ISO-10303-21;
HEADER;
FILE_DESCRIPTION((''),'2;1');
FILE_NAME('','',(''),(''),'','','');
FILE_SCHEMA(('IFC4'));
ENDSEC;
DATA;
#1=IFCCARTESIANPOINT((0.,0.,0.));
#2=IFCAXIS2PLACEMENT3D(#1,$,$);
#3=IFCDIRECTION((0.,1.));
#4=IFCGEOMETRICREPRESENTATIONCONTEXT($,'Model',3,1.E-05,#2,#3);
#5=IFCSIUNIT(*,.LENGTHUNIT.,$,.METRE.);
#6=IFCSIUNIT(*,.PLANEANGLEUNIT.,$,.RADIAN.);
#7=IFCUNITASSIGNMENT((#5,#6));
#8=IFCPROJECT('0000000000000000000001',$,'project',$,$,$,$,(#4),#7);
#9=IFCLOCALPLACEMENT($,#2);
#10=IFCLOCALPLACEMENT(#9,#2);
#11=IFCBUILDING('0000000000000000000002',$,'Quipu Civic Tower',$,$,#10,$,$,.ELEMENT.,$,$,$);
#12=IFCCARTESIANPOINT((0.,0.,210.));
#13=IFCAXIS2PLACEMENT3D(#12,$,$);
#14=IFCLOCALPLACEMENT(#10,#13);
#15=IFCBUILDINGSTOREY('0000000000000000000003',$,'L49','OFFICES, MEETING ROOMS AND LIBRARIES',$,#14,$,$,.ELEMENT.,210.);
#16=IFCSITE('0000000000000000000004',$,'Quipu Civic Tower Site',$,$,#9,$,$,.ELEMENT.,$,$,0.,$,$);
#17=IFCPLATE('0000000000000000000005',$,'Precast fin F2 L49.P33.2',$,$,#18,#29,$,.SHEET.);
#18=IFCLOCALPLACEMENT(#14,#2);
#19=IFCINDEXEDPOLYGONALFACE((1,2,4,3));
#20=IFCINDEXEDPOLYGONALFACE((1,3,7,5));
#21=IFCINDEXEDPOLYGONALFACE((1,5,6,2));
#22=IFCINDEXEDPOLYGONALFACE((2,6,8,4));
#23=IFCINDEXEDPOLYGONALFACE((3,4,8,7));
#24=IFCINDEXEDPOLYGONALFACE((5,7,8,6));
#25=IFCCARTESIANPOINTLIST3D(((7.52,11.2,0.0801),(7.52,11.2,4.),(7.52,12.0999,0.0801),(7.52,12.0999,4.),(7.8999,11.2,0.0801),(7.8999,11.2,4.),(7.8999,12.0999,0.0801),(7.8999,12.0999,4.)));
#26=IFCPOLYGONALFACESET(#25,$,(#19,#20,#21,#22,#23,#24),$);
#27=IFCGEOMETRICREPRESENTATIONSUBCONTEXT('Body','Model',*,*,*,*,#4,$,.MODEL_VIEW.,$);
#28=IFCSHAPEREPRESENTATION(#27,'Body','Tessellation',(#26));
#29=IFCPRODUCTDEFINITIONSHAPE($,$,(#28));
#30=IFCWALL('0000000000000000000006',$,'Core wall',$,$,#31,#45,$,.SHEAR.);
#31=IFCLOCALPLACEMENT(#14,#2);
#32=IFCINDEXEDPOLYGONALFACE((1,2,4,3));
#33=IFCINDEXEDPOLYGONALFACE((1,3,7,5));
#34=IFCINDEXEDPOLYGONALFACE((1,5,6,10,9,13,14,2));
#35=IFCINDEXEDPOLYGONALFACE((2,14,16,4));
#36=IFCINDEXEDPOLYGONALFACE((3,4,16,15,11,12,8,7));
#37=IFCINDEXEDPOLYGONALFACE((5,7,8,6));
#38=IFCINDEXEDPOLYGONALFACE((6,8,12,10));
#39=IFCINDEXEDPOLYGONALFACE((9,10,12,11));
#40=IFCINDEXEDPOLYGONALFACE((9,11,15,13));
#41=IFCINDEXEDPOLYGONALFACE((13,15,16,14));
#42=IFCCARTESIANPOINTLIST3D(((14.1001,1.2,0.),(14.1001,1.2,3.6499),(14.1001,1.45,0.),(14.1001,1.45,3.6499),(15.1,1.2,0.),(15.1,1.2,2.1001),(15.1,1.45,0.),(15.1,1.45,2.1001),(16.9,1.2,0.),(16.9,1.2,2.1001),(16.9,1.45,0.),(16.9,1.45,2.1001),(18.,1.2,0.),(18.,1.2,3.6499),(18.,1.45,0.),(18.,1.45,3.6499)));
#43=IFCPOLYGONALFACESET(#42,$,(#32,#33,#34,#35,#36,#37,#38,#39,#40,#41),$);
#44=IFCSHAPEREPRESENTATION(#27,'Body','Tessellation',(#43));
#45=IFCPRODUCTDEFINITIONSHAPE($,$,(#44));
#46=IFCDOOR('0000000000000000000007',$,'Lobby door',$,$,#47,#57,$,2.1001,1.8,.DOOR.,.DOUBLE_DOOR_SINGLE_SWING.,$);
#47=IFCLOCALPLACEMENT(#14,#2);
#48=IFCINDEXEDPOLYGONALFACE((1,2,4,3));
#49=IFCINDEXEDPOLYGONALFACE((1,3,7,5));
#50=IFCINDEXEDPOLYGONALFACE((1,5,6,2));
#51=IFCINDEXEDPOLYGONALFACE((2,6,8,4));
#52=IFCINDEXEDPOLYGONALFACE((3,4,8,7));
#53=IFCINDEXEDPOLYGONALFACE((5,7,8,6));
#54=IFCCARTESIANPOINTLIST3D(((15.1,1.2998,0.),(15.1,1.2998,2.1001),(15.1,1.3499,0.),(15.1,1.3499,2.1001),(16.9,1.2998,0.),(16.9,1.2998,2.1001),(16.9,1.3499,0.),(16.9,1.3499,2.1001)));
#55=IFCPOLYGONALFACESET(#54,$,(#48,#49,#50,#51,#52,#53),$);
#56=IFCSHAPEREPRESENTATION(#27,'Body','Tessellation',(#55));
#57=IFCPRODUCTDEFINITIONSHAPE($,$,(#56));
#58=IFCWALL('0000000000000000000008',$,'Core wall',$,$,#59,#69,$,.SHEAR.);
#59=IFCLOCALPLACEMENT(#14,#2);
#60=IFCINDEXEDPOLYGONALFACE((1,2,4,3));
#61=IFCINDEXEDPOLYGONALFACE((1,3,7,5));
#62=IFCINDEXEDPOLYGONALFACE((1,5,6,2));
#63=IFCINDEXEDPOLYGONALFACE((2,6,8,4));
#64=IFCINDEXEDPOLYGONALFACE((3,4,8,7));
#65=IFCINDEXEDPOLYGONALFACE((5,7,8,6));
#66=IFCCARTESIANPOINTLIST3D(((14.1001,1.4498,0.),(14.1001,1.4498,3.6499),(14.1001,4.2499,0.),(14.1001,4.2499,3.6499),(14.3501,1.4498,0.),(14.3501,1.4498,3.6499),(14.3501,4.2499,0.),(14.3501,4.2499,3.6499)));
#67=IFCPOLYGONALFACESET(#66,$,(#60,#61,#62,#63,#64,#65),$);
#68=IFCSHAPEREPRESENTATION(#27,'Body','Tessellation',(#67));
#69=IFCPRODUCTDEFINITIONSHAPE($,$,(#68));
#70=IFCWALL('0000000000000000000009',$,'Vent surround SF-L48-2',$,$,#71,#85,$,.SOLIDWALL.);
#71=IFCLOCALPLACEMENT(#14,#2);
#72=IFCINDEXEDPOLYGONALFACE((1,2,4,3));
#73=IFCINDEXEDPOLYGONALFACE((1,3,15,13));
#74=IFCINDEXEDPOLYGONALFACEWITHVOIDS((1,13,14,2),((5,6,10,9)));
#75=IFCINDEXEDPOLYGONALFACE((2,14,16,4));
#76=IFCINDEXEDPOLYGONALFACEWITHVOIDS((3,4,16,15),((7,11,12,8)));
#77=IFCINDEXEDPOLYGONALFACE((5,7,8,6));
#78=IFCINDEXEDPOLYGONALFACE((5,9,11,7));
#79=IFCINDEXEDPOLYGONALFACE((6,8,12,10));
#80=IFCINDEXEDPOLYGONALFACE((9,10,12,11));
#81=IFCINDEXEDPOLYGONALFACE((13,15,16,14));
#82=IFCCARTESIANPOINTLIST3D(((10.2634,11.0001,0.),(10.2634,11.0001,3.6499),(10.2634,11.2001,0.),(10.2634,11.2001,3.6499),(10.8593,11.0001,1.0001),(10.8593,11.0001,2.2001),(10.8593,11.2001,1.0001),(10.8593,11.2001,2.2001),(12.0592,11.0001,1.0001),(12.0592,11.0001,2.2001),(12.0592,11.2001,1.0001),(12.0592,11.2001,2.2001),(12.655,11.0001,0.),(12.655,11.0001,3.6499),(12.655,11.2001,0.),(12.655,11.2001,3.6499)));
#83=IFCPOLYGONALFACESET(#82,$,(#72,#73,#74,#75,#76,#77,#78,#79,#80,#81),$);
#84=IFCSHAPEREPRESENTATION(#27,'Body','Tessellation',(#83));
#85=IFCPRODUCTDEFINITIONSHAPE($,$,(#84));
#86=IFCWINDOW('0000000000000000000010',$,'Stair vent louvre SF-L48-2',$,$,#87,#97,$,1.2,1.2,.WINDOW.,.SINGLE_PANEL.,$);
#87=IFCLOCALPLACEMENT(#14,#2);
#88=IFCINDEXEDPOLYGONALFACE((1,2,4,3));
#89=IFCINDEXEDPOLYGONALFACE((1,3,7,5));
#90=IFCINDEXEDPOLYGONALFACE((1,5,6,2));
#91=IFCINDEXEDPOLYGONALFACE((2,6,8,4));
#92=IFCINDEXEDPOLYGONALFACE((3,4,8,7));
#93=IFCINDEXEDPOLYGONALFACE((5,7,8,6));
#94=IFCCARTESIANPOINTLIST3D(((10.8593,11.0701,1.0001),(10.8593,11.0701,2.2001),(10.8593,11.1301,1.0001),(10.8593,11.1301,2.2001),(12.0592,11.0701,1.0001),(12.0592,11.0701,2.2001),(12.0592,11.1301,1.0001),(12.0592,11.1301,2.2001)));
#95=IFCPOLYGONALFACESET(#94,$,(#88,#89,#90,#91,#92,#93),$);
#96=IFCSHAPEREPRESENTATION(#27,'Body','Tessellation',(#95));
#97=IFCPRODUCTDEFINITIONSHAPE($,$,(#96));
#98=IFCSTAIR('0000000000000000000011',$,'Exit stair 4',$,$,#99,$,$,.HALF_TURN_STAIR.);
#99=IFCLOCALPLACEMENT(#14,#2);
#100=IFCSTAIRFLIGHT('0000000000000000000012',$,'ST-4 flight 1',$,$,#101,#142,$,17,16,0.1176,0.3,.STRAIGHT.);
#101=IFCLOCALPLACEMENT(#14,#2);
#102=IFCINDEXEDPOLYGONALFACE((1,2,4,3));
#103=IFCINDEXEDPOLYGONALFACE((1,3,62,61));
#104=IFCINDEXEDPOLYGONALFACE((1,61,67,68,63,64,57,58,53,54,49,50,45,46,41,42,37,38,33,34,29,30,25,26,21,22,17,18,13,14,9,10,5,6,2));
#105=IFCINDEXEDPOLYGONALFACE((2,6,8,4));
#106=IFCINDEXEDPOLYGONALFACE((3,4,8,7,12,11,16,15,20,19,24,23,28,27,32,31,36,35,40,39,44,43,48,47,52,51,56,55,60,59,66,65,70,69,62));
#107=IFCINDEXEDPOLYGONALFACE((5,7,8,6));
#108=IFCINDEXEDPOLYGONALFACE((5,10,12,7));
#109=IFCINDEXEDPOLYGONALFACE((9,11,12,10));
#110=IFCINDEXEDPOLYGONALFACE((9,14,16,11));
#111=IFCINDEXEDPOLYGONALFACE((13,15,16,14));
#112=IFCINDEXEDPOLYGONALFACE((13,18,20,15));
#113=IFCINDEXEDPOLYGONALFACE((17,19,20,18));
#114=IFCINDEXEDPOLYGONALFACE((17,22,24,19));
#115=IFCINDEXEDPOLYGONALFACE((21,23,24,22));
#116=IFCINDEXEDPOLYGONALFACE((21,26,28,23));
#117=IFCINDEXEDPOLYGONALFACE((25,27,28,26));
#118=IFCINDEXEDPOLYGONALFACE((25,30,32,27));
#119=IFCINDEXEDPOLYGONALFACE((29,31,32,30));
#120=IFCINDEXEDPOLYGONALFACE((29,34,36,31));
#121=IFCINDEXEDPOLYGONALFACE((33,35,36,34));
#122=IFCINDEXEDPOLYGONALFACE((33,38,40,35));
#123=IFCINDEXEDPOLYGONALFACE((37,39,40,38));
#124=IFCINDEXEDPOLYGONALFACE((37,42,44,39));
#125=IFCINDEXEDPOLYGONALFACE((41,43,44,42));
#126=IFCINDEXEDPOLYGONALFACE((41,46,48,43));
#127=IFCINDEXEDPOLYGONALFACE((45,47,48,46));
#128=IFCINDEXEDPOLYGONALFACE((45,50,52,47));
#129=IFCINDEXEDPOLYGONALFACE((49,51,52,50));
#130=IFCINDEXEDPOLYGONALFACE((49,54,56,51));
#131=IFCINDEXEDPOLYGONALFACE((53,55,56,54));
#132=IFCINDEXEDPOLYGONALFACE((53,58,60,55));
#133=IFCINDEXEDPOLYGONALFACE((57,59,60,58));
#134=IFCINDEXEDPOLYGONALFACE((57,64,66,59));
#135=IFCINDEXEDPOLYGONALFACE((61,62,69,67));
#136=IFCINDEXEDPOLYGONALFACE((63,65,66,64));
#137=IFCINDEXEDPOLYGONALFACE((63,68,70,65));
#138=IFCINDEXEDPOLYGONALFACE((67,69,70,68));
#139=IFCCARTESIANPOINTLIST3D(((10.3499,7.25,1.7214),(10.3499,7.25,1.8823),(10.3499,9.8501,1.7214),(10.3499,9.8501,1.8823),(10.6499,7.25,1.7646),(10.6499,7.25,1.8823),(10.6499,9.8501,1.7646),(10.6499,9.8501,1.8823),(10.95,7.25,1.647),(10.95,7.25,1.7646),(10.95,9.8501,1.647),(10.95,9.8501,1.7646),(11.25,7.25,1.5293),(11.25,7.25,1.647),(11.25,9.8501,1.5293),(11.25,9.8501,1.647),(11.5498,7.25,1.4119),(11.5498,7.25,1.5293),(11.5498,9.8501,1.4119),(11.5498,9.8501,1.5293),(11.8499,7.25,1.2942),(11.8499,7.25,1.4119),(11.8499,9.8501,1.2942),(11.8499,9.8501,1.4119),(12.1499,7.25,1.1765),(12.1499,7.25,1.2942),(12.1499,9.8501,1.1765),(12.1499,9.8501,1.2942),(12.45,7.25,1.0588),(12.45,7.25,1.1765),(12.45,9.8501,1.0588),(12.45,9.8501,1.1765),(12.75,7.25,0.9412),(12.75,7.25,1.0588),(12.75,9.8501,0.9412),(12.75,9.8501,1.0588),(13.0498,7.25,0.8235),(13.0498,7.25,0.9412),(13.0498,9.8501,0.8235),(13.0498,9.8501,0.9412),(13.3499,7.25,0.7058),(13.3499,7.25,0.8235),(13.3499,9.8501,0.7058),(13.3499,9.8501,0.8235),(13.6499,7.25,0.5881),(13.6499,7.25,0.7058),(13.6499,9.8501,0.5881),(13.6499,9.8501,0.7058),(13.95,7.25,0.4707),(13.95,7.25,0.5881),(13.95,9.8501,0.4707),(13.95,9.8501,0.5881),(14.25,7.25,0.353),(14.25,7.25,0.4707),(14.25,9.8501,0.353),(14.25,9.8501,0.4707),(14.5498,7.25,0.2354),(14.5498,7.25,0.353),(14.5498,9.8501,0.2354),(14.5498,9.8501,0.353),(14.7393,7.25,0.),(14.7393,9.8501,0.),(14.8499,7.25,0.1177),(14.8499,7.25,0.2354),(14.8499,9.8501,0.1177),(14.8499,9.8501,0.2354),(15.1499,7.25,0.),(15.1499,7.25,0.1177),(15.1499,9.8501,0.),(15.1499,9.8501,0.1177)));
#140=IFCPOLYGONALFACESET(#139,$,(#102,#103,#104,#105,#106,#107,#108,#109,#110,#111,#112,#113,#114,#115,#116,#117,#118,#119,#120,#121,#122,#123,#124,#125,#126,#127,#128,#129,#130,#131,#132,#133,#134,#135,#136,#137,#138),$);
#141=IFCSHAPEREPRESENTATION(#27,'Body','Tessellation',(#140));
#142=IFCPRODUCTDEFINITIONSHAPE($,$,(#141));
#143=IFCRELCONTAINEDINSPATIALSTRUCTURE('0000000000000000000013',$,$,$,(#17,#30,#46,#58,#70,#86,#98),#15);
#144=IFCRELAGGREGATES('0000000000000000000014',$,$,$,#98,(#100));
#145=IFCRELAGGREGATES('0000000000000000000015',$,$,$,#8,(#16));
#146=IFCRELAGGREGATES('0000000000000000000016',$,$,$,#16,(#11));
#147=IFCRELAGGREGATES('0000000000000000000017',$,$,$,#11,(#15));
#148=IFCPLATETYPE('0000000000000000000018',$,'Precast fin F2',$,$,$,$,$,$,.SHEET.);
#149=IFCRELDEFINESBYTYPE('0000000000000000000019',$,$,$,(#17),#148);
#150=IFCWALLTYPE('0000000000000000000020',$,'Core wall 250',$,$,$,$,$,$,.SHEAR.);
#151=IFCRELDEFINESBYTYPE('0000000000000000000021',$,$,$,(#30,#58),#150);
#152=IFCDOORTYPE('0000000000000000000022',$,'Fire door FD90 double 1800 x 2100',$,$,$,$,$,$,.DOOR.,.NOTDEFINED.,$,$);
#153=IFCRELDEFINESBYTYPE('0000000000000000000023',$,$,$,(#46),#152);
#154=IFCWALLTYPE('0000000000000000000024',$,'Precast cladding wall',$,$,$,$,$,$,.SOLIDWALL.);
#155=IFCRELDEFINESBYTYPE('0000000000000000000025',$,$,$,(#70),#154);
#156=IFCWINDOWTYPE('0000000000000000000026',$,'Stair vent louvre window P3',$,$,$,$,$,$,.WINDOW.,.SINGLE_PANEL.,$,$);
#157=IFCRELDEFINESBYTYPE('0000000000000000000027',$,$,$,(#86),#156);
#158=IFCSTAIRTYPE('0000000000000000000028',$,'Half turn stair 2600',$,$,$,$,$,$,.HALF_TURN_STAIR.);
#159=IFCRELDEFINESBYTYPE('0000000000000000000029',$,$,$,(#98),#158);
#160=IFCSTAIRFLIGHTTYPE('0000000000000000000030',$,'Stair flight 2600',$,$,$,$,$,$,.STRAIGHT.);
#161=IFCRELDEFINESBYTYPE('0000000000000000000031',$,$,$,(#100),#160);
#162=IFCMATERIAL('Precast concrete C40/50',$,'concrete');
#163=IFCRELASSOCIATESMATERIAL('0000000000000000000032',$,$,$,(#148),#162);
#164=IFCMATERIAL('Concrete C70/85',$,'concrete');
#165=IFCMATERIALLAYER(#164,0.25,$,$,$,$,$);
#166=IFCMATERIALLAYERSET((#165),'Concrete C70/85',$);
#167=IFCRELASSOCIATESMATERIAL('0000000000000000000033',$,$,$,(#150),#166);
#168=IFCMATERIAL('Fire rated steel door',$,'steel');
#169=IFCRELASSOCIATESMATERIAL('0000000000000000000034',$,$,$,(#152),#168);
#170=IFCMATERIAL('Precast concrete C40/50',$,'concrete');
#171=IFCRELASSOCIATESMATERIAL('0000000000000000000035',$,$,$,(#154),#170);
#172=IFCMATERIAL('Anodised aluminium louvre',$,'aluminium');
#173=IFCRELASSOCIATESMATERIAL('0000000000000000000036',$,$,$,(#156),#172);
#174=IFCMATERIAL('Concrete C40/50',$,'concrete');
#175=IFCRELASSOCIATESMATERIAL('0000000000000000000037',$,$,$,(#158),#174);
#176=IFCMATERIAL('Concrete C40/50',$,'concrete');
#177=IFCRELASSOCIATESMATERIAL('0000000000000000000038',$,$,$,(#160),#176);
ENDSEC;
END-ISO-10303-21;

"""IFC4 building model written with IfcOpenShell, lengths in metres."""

from ifc_helpers import new_model, si_unit, direction, frame, frame_2d, origin, origin_2d, place, context, subcontext, project, spatial, polyline, rectangle, outline, extrude, material, layer, layer_set, type_object, element, fill, aggregate, save


model = new_model("IFC4")

# Units and contexts
model_context = context("Model", 3, precision=1e-05, world=origin(), true_north=direction((0.0, 1.0)))
body_context = subcontext(model_context, "Body", "Model", "MODEL_VIEW")
ifc_project = project(units=[si_unit("LENGTHUNIT", "METRE"), si_unit("PLANEANGLEUNIT", "RADIAN")], contexts=[model_context])

# Site, building, storey
site_placement = place(None, origin())
site = spatial("IfcSite", under=ifc_project, at=site_placement, Name="Quipu Civic Tower Site", CompositionType="ELEMENT", RefElevation=0.0)
building_placement = place(site_placement, origin())
building = spatial("IfcBuilding", under=site, at=building_placement, Name="Quipu Civic Tower", CompositionType="ELEMENT")
storey_placement = place(building_placement, frame((0.0, 0.0, 210.0)))
storey = spatial("IfcBuildingStorey", under=building, at=storey_placement, Name="L49", Description="OFFICES, MEETING ROOMS AND LIBRARIES", CompositionType="ELEMENT", Elevation=210.0)

# Plate
ifc_material_1 = material(Name="Precast concrete C40/50", Category="concrete")
plate_type_1 = type_object("IfcPlateType", Name="Precast fin F2", PredefinedType="SHEET", material=ifc_material_1)
for number, where, z_axis, x_axis, name in (
    (1, (7.71, 11.6499, 0.0801), (0.0, 0.0, 1.0), (-1.0, 0.0, 0.0), "Precast fin F2 L49.P33.2"),
):
    element("IfcPlate", number, at=place(storey_placement, frame(where, z_axis=z_axis, x_axis=x_axis)), inside=storey, type_object=plate_type_1, Name=name, PredefinedType="SHEET", context=body_context, shape_type="SweptSolid", body=[
        extrude(rectangle(XDim=0.3799, YDim=0.8999, at=origin_2d()), origin(), (0.0, 0.0, 1.0), 3.9199),
    ])

# Wall, opening, door
ifc_material_2 = material(Name="Concrete C70/85", Category="concrete")
ifc_layer_1 = layer(ifc_material_2, 0.25)
ifc_layer_set_1 = layer_set([ifc_layer_1], Name="Concrete C70/85")
wall_type_1 = type_object("IfcWallType", Name="Core wall 250", PredefinedType="SHEAR", material=ifc_layer_set_1)
wall_1_placement = place(storey_placement, frame((14.1001, 1.325, 0.0), z_axis=(0.0, 0.0, 1.0), x_axis=(1.0, 0.0, 0.0)))
wall_1 = element("IfcWall", 2, at=wall_1_placement, inside=storey, type_object=wall_type_1, Name="Core wall", PredefinedType="SHEAR", context=body_context, shape_type="SweptSolid", body=[
    extrude(rectangle(XDim=3.8999, YDim=0.25, at=frame_2d((1.95, 0.0))), origin(), (0.0, 0.0, 1.0), 3.6499),
])
opening_1_placement = place(wall_1_placement, frame((1.0, 0.0, 0.0)))
opening_1 = element("IfcOpeningElement", 3, at=opening_1_placement, cuts=wall_1, PredefinedType="OPENING", context=body_context, shape_type="SweptSolid", body=[
    extrude(rectangle(XDim=1.8, YDim=2.1001, at=frame_2d((0.8999, 1.05))), frame((0.0, 0.135, 0.0), z_axis=(0.0, -1.0, 0.0), x_axis=(1.0, 0.0, 0.0)), (0.0, 0.0, 1.0), 0.27),
])
ifc_material_3 = material(Name="Fire rated steel door", Category="steel")
door_type = type_object("IfcDoorType", Name="Fire door FD90 double 1800 x 2100", OperationType="NOTDEFINED", PredefinedType="DOOR", material=ifc_material_3)
door_placement = place(opening_1_placement, origin())
door = element("IfcDoor", 4, at=door_placement, inside=storey, type_object=door_type, Name="Lobby door", OperationType="DOUBLE_DOOR_SINGLE_SWING", OverallHeight=2.1001, OverallWidth=1.8, PredefinedType="DOOR", context=body_context, shape_type="SweptSolid", body=[
    extrude(rectangle(XDim=1.8, YDim=2.1001, at=frame_2d((0.8999, 1.05))), frame((0.0, 0.0249, 0.0), z_axis=(0.0, -1.0, 0.0), x_axis=(1.0, 0.0, 0.0)), (0.0, 0.0, 1.0), 0.05),
])
fill(opening_1, door)

# Wall
wall_2_placement = place(storey_placement, frame((14.2251, 1.45, 0.0), z_axis=(0.0, 0.0, 1.0), x_axis=(0.0, 1.0, 0.0)))
element("IfcWall", 5, at=wall_2_placement, inside=storey, type_object=wall_type_1, Name="Core wall", PredefinedType="SHEAR", context=body_context, shape_type="SweptSolid", body=[
    extrude(rectangle(XDim=2.8, YDim=0.25, at=frame_2d((1.3999, 0.0))), origin(), (0.0, 0.0, 1.0), 3.6499),
])

# Wall, opening, window
ifc_material_4 = material(Name="Precast concrete C40/50", Category="concrete")
wall_type_2 = type_object("IfcWallType", Name="Precast cladding wall", PredefinedType="SOLIDWALL", material=ifc_material_4)
wall_3_placement = place(storey_placement, frame((12.655, 11.1001, 0.0), z_axis=(0.0, 0.0, 1.0), x_axis=(-1.0, 0.0, 0.0)))
wall_3 = element("IfcWall", 6, at=wall_3_placement, inside=storey, type_object=wall_type_2, Name="Vent surround SF-L48-2", PredefinedType="SOLIDWALL", context=body_context, shape_type="SweptSolid", body=[
    extrude(rectangle(XDim=2.3916, YDim=0.2, at=frame_2d((1.1958, 0.0))), origin(), (0.0, 0.0, 1.0), 3.6499),
])
opening_2_placement = place(wall_3_placement, frame((0.5957, 0.0, 1.0)))
opening_2 = element("IfcOpeningElement", 7, at=opening_2_placement, cuts=wall_3, PredefinedType="OPENING", context=body_context, shape_type="SweptSolid", body=[
    extrude(rectangle(XDim=1.2, YDim=1.2, at=frame_2d((0.6001, 0.6001))), frame((0.0, 0.1099, 0.0), z_axis=(0.0, -1.0, 0.0), x_axis=(1.0, 0.0, 0.0)), (0.0, 0.0, 1.0), 0.22),
])
ifc_material_5 = material(Name="Anodised aluminium louvre", Category="aluminium")
window_type = type_object("IfcWindowType", Name="Stair vent louvre window P3", PartitioningType="SINGLE_PANEL", PredefinedType="WINDOW", material=ifc_material_5)
window_placement = place(opening_2_placement, origin())
window = element("IfcWindow", 8, at=window_placement, inside=storey, type_object=window_type, Name="Stair vent louvre SF-L48-2", OverallHeight=1.2, OverallWidth=1.2, PartitioningType="SINGLE_PANEL", PredefinedType="WINDOW", context=body_context, shape_type="SweptSolid", body=[
    extrude(rectangle(XDim=1.2, YDim=1.2, at=frame_2d((0.6001, 0.6001))), frame((0.0, 0.03, 0.0), z_axis=(0.0, -1.0, 0.0), x_axis=(1.0, 0.0, 0.0)), (0.0, 0.0, 1.0), 0.0601),
])
fill(opening_2, window)

# Stair, stair flight
ifc_material_6 = material(Name="Concrete C40/50", Category="concrete")
stair_type = type_object("IfcStairType", Name="Half turn stair 2600", PredefinedType="HALF_TURN_STAIR", material=ifc_material_6)
stair_placement = place(storey_placement, origin())
stair = element("IfcStair", 9, at=stair_placement, inside=storey, type_object=stair_type, Name="Exit stair 4", PredefinedType="HALF_TURN_STAIR")
ifc_material_7 = material(Name="Concrete C40/50", Category="concrete")
stair_flight_type = type_object("IfcStairFlightType", Name="Stair flight 2600", PredefinedType="STRAIGHT", material=ifc_material_7)
stair_flight_1_placement = place(storey_placement, frame((15.1499, 8.55, 0.0), z_axis=(0.0, 0.0, 1.0), x_axis=(-1.0, 0.0, 0.0)))
stair_flight_1 = element("IfcStairFlight", 10, at=stair_flight_1_placement, type_object=stair_flight_type, Name="ST-4 flight 1", NumberOfRisers=17, NumberOfTreads=16, PredefinedType="STRAIGHT", RiserHeight=0.1176, TreadLength=0.3, context=body_context, shape_type="SweptSolid", body=[
    extrude(outline(polyline([(0.0, 0.0), (0.0, 0.1177), (0.3, 0.1177), (0.3, 0.2354), (0.6001, 0.2354), (0.6001, 0.353), (0.8999, 0.353), (0.8999, 0.4707), (1.2, 0.4707), (1.2, 0.5881), (1.5, 0.5881), (1.5, 0.7058), (1.8, 0.7058), (1.8, 0.8235), (2.1001, 0.8235), (2.1001, 0.9412), (2.3999, 0.9412), (2.3999, 1.0588), (2.7, 1.0588), (2.7, 1.1765), (3.0, 1.1765), (3.0, 1.2942), (3.3, 1.2942), (3.3, 1.4119), (3.6001, 1.4119), (3.6001, 1.5293), (3.8999, 1.5293), (3.8999, 1.647), (4.2, 1.647), (4.2, 1.7646), (4.5, 1.7646), (4.5, 1.8823), (4.8, 1.8823), (4.8, 2.0), (4.8, 1.7214), (0.4106, 0.0), (0.0, 0.0)])), frame((0.0, 1.3, 0.0), z_axis=(0.0, -1.0, 0.0), x_axis=(1.0, 0.0, 0.0)), (0.0, 0.0, 1.0), 2.6001),
])
aggregate(stair, [stair_flight_1])

save(model, "model.ifc")
